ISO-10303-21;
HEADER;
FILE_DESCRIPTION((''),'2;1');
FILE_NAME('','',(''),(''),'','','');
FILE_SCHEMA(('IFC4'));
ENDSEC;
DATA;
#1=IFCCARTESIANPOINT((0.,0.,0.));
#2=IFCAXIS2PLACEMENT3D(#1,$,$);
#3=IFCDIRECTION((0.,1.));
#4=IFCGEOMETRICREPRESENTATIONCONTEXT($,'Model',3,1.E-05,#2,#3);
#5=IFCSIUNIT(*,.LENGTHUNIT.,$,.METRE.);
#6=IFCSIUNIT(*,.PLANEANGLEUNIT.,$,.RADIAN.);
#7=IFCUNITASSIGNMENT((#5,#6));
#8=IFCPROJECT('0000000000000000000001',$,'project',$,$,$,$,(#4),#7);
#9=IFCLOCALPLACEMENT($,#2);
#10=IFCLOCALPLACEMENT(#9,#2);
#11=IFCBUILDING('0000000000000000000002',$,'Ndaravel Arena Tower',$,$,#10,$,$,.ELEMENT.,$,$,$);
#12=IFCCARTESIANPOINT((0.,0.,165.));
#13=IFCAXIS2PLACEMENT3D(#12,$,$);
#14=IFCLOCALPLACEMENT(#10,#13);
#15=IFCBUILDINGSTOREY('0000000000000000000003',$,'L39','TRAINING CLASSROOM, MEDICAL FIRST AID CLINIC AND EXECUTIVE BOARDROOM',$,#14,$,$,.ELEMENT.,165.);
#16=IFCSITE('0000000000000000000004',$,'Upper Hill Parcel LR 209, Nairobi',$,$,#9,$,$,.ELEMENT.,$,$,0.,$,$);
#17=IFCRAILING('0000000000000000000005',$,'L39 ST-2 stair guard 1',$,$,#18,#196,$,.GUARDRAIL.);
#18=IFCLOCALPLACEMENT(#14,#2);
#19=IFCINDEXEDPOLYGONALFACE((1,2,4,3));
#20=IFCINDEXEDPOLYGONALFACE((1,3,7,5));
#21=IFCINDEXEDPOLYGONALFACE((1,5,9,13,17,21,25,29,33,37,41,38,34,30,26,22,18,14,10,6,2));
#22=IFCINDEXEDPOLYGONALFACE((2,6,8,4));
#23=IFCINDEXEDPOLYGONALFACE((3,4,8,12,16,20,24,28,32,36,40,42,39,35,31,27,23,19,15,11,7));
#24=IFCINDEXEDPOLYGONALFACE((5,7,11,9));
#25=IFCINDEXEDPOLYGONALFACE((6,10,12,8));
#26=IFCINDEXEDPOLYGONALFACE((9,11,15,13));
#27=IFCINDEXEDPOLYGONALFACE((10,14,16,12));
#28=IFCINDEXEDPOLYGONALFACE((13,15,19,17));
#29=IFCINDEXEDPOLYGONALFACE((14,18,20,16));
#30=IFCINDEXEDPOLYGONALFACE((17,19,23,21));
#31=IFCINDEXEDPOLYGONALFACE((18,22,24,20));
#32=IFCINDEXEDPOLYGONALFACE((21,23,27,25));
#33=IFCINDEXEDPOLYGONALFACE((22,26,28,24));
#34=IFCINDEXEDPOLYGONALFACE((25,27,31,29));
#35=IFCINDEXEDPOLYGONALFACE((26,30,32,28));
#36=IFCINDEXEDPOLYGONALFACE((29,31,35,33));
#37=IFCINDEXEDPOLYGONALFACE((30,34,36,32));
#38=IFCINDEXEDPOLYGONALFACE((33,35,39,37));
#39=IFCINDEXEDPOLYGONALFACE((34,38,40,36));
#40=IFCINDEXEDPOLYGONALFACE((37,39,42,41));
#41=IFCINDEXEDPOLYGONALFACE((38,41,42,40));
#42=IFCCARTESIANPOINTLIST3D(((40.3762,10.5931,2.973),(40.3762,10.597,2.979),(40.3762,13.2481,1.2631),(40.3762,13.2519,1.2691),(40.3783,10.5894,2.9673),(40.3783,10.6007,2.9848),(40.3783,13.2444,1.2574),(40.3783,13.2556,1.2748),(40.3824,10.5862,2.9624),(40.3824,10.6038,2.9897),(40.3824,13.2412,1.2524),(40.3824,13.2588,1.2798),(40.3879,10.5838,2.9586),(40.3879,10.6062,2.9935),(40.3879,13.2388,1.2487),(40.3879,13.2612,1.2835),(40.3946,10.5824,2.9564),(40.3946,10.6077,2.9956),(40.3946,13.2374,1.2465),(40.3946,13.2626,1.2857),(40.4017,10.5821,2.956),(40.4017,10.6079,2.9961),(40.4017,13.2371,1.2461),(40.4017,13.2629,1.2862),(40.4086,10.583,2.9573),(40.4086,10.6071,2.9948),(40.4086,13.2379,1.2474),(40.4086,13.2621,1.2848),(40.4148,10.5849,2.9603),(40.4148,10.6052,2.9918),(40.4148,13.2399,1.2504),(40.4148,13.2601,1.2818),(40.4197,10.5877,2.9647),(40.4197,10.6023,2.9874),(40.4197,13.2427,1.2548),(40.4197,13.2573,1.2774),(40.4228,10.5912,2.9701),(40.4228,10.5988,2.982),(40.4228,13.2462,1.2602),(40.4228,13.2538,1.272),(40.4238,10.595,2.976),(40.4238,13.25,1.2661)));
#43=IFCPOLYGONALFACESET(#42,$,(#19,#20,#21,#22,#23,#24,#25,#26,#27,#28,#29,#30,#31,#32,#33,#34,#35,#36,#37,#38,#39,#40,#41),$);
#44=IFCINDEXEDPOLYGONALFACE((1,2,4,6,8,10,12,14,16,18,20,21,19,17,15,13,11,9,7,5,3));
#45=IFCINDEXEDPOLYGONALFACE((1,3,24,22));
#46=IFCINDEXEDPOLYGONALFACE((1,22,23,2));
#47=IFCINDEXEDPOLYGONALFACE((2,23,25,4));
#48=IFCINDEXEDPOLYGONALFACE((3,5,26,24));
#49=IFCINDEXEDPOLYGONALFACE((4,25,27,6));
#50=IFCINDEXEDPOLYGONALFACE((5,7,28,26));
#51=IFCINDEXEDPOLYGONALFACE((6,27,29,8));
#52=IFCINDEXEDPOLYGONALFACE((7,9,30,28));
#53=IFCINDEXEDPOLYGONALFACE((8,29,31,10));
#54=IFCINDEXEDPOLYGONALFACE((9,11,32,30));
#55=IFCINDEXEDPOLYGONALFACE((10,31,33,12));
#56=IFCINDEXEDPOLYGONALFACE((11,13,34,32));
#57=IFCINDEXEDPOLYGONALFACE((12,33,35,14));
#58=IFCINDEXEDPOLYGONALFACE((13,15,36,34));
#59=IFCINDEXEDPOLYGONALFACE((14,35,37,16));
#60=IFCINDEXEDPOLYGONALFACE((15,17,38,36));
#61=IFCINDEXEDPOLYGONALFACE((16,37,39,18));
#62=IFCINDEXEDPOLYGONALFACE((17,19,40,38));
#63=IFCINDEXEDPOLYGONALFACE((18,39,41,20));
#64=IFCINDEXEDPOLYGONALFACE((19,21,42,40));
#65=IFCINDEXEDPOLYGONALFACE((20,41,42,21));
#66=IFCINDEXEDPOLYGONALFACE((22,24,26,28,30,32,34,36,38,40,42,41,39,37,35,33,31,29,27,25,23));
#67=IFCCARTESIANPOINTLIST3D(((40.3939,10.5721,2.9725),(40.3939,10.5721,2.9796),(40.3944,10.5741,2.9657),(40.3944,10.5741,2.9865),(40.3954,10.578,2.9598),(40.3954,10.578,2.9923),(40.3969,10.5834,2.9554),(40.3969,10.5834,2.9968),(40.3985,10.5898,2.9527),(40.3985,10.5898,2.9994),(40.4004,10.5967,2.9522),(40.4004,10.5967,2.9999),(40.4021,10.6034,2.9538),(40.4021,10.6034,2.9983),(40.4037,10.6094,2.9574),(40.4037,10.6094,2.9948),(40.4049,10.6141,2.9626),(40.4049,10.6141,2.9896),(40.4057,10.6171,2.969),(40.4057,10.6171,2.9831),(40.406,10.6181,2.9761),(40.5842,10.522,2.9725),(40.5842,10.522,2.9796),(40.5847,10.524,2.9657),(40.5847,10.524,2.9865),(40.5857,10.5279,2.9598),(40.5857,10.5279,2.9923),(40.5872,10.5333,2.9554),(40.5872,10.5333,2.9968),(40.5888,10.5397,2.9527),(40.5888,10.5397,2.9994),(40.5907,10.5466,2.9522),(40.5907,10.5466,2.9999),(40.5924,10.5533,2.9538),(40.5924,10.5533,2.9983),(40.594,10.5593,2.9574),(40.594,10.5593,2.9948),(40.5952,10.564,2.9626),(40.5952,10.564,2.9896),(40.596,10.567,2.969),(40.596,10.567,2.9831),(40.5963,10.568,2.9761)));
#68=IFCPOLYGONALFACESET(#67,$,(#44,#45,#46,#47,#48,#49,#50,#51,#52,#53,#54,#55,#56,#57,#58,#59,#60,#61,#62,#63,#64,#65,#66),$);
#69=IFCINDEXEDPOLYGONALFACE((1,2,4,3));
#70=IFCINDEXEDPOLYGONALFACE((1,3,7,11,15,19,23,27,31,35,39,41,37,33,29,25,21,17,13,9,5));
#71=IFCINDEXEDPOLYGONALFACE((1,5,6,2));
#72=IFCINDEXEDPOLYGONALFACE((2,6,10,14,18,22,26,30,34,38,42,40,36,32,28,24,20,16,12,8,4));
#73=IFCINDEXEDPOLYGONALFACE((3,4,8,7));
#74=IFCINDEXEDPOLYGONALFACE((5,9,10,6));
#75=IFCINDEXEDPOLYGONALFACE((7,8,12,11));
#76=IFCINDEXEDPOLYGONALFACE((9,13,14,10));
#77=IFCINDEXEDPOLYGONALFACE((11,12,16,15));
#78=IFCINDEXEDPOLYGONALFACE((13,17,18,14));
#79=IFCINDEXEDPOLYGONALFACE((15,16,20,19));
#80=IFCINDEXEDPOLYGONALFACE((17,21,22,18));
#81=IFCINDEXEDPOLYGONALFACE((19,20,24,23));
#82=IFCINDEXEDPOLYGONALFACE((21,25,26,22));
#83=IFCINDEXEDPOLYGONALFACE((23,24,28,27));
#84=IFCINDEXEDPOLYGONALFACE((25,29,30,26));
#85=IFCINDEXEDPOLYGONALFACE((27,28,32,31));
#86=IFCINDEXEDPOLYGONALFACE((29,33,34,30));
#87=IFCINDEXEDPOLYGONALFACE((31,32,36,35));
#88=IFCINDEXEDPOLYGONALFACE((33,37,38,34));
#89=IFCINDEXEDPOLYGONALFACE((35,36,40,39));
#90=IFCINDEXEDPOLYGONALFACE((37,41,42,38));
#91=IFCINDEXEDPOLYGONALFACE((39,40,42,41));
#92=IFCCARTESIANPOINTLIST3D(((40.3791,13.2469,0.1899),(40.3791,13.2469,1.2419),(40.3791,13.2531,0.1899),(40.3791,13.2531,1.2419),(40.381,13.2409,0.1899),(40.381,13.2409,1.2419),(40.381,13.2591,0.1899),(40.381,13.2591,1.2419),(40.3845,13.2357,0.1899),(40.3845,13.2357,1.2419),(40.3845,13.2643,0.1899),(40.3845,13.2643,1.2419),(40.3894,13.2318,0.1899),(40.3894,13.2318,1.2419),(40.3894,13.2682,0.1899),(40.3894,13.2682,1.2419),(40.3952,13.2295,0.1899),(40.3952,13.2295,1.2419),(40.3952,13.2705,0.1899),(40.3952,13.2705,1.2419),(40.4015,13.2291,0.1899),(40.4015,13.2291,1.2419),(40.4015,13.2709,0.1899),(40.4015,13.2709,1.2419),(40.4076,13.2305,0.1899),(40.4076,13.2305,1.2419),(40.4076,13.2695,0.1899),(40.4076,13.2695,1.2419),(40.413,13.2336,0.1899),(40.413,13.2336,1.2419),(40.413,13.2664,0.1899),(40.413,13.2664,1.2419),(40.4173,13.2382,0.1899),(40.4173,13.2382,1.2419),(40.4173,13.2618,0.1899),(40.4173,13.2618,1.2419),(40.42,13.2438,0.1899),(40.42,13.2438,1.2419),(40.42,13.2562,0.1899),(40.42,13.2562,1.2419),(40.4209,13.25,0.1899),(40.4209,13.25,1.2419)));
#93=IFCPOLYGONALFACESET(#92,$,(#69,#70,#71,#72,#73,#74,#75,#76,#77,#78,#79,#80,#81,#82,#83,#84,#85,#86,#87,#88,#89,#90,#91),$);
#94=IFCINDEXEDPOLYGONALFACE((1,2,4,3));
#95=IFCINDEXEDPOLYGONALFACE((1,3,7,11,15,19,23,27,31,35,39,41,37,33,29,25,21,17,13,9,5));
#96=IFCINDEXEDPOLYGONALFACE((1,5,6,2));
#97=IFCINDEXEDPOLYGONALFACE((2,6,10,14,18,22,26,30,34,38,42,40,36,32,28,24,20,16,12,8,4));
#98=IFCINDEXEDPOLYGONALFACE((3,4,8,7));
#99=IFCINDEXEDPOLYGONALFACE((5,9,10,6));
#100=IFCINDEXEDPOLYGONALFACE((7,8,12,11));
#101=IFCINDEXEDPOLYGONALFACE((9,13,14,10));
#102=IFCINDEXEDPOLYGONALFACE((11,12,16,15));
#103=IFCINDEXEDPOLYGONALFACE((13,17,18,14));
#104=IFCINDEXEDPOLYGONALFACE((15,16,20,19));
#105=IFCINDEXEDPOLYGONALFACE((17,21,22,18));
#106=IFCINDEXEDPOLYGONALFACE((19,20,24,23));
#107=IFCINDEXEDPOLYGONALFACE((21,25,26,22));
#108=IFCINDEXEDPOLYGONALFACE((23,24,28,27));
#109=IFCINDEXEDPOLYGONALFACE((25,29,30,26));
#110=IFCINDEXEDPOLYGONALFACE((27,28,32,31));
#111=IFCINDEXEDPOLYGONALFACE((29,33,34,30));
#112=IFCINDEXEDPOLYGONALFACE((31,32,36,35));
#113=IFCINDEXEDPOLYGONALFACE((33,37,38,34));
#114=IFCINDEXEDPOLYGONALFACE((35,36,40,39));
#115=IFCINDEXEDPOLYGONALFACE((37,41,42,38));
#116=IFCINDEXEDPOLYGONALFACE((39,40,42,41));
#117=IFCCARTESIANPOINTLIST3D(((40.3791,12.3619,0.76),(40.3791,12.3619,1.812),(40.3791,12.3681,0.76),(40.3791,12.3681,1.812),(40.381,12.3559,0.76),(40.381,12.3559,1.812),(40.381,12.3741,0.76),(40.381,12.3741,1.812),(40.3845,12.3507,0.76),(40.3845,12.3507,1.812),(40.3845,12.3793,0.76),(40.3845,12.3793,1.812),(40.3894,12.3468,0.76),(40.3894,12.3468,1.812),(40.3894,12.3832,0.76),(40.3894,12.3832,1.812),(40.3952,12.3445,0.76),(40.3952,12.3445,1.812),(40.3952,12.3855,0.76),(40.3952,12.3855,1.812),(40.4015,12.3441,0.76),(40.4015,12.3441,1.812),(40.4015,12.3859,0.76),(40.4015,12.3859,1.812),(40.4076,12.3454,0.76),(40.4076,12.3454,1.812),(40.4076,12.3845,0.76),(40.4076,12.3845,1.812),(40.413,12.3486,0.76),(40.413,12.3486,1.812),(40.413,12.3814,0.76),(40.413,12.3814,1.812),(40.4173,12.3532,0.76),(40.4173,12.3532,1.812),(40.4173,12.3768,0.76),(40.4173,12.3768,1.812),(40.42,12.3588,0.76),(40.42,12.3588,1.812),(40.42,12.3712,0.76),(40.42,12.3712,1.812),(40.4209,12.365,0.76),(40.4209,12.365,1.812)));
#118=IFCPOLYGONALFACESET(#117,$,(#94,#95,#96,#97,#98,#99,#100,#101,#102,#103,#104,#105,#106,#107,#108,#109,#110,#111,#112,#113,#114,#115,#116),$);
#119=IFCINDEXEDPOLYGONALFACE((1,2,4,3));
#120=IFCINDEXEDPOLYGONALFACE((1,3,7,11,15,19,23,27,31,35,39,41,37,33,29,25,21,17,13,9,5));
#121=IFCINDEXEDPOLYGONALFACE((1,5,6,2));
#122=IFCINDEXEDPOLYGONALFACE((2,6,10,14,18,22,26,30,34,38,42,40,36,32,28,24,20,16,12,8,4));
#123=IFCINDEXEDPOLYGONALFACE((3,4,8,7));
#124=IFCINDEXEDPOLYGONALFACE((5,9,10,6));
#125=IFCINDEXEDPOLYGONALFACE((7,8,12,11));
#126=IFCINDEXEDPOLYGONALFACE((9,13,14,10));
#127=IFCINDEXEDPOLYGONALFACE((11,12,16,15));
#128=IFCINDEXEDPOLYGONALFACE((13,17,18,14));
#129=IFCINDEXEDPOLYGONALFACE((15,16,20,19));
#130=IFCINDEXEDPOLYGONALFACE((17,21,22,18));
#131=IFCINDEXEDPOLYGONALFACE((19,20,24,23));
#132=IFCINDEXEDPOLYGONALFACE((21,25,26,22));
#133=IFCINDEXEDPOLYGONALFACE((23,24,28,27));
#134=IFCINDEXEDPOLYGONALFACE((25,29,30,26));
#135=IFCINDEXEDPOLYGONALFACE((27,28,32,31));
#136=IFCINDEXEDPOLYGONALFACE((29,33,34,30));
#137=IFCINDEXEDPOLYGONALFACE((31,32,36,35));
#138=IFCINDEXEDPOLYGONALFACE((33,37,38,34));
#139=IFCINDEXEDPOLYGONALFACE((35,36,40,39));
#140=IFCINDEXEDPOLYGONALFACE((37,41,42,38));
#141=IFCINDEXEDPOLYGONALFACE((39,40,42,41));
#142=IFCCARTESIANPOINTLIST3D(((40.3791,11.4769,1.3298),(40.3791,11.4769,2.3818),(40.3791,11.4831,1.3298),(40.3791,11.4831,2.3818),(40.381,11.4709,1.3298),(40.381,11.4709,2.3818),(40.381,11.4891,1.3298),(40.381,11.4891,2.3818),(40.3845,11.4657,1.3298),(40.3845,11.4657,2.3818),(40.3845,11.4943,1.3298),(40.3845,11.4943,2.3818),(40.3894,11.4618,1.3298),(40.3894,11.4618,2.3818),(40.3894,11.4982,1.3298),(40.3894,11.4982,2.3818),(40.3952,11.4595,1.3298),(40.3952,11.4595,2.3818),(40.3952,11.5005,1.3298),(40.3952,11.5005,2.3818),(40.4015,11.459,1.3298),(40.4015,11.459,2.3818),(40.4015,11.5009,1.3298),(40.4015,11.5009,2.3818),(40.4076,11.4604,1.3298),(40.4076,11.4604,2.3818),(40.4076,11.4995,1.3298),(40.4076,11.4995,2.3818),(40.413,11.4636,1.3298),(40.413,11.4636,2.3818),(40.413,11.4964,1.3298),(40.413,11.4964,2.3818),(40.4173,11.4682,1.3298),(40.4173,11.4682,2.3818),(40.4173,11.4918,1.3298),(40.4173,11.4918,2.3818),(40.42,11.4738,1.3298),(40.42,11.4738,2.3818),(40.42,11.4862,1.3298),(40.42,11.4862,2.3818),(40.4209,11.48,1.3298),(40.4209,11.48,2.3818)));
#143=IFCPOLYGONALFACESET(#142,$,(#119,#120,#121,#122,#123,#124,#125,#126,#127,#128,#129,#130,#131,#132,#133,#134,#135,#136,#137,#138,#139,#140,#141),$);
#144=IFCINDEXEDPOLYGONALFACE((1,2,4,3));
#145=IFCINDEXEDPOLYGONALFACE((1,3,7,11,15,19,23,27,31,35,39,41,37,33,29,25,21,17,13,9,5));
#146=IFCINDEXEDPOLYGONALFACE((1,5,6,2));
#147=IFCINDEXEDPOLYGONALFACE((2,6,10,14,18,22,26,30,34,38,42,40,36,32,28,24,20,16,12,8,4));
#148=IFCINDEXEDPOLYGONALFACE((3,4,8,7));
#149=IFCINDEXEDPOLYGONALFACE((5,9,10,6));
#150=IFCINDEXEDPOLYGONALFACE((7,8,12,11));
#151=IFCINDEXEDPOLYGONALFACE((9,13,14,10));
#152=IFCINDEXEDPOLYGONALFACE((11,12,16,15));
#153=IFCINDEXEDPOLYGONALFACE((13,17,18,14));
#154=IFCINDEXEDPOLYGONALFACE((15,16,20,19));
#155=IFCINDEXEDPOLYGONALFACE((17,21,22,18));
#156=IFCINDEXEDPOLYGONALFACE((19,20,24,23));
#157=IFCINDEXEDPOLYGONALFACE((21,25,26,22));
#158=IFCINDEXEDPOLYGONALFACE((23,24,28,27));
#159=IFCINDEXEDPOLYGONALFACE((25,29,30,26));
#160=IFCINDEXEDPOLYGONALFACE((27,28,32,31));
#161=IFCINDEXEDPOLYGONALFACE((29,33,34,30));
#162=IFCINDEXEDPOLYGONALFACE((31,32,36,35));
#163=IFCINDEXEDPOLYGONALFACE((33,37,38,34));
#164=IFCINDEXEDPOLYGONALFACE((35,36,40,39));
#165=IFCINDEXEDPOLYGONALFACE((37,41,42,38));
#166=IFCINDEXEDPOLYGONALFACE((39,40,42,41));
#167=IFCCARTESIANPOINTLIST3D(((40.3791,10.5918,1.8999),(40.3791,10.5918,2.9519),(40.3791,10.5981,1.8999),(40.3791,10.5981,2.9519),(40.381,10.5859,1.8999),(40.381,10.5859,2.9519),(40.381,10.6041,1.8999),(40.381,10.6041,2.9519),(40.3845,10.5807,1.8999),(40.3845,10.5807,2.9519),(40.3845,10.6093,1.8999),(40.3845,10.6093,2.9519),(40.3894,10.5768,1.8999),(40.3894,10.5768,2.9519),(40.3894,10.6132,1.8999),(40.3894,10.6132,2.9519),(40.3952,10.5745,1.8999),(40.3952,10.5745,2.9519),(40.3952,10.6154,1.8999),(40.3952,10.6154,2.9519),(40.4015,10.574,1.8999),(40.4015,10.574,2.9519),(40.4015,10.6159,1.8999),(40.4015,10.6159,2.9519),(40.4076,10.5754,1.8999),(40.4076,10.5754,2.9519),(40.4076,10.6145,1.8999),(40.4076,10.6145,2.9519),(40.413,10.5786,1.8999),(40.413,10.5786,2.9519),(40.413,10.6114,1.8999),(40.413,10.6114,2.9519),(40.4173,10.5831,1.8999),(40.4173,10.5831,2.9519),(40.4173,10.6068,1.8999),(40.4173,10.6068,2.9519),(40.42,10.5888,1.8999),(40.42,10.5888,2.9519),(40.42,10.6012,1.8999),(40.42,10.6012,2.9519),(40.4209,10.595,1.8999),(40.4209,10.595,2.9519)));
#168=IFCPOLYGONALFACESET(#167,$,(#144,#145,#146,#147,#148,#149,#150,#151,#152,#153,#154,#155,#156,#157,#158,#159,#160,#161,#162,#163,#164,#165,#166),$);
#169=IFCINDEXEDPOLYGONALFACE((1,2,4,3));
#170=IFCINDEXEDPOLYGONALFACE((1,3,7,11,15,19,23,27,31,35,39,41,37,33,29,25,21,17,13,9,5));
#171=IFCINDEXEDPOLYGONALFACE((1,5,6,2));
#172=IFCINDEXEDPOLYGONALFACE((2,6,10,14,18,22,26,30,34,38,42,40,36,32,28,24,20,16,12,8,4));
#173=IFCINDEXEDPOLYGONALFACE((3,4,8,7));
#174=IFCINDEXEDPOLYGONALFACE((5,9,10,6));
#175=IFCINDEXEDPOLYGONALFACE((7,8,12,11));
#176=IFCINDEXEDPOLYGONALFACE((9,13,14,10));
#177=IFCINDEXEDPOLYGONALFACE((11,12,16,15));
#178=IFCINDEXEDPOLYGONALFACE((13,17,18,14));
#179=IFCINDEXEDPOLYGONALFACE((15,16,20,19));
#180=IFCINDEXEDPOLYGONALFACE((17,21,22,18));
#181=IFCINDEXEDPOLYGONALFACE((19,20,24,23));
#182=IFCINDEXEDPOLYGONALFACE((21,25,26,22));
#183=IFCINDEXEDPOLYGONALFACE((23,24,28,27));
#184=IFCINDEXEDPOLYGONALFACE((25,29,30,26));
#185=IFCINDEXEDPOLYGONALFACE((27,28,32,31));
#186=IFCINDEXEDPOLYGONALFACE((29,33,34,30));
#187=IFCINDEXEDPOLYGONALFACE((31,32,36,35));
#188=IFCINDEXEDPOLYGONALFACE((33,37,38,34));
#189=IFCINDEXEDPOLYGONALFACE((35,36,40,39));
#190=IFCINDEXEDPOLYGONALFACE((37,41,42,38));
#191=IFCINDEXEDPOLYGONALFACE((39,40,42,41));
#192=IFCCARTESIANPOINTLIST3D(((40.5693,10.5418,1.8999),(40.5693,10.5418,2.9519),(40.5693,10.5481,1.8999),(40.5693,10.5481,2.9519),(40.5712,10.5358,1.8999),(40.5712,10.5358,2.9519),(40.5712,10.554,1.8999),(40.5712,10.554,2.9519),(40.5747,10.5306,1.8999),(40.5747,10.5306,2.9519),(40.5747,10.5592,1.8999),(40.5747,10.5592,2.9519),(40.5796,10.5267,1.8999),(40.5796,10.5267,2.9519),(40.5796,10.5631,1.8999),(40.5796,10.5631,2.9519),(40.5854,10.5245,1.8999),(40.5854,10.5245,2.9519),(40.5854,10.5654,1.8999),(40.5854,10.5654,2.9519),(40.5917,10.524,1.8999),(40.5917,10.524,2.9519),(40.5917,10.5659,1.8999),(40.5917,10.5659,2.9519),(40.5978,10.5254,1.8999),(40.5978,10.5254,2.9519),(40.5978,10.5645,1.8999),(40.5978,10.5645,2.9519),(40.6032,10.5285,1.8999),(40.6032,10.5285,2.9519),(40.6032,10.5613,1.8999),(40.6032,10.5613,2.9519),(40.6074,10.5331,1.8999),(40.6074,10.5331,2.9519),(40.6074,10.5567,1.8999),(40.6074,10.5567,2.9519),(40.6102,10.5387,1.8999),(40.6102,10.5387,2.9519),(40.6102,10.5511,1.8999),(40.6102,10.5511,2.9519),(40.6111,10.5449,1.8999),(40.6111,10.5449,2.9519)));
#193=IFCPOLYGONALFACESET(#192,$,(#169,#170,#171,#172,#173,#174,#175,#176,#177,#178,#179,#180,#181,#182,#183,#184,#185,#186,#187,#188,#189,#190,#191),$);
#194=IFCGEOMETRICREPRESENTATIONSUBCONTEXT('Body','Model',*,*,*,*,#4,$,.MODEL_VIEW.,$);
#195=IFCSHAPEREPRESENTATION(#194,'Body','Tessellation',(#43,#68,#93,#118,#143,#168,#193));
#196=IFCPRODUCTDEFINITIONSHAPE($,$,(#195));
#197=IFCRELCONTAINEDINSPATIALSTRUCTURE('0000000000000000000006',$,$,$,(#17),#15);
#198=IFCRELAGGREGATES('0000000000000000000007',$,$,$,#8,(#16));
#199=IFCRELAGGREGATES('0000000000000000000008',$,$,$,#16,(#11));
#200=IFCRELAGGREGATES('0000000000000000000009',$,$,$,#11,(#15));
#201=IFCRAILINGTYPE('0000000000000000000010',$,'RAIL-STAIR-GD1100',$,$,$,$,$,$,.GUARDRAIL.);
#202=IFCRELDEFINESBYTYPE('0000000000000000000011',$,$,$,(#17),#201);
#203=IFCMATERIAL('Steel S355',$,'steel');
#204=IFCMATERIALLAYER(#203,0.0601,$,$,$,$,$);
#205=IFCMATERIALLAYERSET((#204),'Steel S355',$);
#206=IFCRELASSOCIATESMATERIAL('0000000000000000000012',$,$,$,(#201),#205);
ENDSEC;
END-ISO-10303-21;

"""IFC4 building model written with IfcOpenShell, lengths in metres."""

from ifc_helpers import new_model, si_unit, direction, frame, origin, origin_2d, place, context, subcontext, project, spatial, circle, extrude, material, layer, layer_set, type_object, element, save


model = new_model("IFC4")

# Units and contexts
model_context = context("Model", 3, precision=1e-05, world=origin(), true_north=direction((0.0, 1.0)))
body_context = subcontext(model_context, "Body", "Model", "MODEL_VIEW")
ifc_project = project(units=[si_unit("LENGTHUNIT", "METRE"), si_unit("PLANEANGLEUNIT", "RADIAN")], contexts=[model_context])

# Site, building, storey
site_placement = place(None, origin())
site = spatial("IfcSite", under=ifc_project, at=site_placement, Name="Upper Hill Parcel LR 209, Nairobi", CompositionType="ELEMENT", RefElevation=0.0)
building_placement = place(site_placement, origin())
building = spatial("IfcBuilding", under=site, at=building_placement, Name="Ndaravel Arena Tower", CompositionType="ELEMENT")
storey_placement = place(building_placement, frame((0.0, 0.0, 165.0)))
storey = spatial("IfcBuildingStorey", under=building, at=storey_placement, Name="L39", Description="TRAINING CLASSROOM, MEDICAL FIRST AID CLINIC AND EXECUTIVE BOARDROOM", CompositionType="ELEMENT", Elevation=165.0)

# Railing
ifc_material_1 = material(Name="Steel S355", Category="steel")
ifc_layer_1 = layer(ifc_material_1, 0.0601)
ifc_layer_set_1 = layer_set([ifc_layer_1], Name="Steel S355")
railing_type_1 = type_object("IfcRailingType", Name="RAIL-STAIR-GD1100", PredefinedType="GUARDRAIL", material=ifc_layer_set_1)
railing_1_placement = place(storey_placement, frame((40.3999, 13.25, 0.1899)))
element("IfcRailing", 1, at=railing_1_placement, inside=storey, type_object=railing_type_1, Name="L39 ST-2 stair guard 1", PredefinedType="GUARDRAIL", context=body_context, shape_type="SweptSolid", body=[
    extrude(circle(Radius=0.0239, at=origin_2d()), frame((0.0, 0.0, 1.0762), z_axis=(0.0, -0.840724, 0.541465), x_axis=(1.0, 0.0, 0.0)), (0.0, 0.0, 1.0), 3.158),
    extrude(circle(Radius=0.0239, at=origin_2d()), frame((0.0, -2.655, 2.7861), z_axis=(0.967075, -0.254493, 0.0), x_axis=(0.254493, 0.967075, 0.0)), (0.0, 0.0, 1.0), 0.1968),
    extrude(circle(Radius=0.021, at=origin_2d()), origin(), (0.0, 0.0, 1.0), 1.052),
    extrude(circle(Radius=0.021, at=origin_2d()), frame((0.0, -0.885, 0.5701)), (0.0, 0.0, 1.0), 1.052),
    extrude(circle(Radius=0.021, at=origin_2d()), frame((0.0, -1.77, 1.1399)), (0.0, 0.0, 1.0), 1.052),
    extrude(circle(Radius=0.021, at=origin_2d()), frame((0.0, -2.655, 1.71)), (0.0, 0.0, 1.0), 1.052),
    extrude(circle(Radius=0.021, at=origin_2d()), frame((0.1902, -2.7051, 1.71)), (0.0, 0.0, 1.0), 1.052),
])

save(model, "model.ifc")
